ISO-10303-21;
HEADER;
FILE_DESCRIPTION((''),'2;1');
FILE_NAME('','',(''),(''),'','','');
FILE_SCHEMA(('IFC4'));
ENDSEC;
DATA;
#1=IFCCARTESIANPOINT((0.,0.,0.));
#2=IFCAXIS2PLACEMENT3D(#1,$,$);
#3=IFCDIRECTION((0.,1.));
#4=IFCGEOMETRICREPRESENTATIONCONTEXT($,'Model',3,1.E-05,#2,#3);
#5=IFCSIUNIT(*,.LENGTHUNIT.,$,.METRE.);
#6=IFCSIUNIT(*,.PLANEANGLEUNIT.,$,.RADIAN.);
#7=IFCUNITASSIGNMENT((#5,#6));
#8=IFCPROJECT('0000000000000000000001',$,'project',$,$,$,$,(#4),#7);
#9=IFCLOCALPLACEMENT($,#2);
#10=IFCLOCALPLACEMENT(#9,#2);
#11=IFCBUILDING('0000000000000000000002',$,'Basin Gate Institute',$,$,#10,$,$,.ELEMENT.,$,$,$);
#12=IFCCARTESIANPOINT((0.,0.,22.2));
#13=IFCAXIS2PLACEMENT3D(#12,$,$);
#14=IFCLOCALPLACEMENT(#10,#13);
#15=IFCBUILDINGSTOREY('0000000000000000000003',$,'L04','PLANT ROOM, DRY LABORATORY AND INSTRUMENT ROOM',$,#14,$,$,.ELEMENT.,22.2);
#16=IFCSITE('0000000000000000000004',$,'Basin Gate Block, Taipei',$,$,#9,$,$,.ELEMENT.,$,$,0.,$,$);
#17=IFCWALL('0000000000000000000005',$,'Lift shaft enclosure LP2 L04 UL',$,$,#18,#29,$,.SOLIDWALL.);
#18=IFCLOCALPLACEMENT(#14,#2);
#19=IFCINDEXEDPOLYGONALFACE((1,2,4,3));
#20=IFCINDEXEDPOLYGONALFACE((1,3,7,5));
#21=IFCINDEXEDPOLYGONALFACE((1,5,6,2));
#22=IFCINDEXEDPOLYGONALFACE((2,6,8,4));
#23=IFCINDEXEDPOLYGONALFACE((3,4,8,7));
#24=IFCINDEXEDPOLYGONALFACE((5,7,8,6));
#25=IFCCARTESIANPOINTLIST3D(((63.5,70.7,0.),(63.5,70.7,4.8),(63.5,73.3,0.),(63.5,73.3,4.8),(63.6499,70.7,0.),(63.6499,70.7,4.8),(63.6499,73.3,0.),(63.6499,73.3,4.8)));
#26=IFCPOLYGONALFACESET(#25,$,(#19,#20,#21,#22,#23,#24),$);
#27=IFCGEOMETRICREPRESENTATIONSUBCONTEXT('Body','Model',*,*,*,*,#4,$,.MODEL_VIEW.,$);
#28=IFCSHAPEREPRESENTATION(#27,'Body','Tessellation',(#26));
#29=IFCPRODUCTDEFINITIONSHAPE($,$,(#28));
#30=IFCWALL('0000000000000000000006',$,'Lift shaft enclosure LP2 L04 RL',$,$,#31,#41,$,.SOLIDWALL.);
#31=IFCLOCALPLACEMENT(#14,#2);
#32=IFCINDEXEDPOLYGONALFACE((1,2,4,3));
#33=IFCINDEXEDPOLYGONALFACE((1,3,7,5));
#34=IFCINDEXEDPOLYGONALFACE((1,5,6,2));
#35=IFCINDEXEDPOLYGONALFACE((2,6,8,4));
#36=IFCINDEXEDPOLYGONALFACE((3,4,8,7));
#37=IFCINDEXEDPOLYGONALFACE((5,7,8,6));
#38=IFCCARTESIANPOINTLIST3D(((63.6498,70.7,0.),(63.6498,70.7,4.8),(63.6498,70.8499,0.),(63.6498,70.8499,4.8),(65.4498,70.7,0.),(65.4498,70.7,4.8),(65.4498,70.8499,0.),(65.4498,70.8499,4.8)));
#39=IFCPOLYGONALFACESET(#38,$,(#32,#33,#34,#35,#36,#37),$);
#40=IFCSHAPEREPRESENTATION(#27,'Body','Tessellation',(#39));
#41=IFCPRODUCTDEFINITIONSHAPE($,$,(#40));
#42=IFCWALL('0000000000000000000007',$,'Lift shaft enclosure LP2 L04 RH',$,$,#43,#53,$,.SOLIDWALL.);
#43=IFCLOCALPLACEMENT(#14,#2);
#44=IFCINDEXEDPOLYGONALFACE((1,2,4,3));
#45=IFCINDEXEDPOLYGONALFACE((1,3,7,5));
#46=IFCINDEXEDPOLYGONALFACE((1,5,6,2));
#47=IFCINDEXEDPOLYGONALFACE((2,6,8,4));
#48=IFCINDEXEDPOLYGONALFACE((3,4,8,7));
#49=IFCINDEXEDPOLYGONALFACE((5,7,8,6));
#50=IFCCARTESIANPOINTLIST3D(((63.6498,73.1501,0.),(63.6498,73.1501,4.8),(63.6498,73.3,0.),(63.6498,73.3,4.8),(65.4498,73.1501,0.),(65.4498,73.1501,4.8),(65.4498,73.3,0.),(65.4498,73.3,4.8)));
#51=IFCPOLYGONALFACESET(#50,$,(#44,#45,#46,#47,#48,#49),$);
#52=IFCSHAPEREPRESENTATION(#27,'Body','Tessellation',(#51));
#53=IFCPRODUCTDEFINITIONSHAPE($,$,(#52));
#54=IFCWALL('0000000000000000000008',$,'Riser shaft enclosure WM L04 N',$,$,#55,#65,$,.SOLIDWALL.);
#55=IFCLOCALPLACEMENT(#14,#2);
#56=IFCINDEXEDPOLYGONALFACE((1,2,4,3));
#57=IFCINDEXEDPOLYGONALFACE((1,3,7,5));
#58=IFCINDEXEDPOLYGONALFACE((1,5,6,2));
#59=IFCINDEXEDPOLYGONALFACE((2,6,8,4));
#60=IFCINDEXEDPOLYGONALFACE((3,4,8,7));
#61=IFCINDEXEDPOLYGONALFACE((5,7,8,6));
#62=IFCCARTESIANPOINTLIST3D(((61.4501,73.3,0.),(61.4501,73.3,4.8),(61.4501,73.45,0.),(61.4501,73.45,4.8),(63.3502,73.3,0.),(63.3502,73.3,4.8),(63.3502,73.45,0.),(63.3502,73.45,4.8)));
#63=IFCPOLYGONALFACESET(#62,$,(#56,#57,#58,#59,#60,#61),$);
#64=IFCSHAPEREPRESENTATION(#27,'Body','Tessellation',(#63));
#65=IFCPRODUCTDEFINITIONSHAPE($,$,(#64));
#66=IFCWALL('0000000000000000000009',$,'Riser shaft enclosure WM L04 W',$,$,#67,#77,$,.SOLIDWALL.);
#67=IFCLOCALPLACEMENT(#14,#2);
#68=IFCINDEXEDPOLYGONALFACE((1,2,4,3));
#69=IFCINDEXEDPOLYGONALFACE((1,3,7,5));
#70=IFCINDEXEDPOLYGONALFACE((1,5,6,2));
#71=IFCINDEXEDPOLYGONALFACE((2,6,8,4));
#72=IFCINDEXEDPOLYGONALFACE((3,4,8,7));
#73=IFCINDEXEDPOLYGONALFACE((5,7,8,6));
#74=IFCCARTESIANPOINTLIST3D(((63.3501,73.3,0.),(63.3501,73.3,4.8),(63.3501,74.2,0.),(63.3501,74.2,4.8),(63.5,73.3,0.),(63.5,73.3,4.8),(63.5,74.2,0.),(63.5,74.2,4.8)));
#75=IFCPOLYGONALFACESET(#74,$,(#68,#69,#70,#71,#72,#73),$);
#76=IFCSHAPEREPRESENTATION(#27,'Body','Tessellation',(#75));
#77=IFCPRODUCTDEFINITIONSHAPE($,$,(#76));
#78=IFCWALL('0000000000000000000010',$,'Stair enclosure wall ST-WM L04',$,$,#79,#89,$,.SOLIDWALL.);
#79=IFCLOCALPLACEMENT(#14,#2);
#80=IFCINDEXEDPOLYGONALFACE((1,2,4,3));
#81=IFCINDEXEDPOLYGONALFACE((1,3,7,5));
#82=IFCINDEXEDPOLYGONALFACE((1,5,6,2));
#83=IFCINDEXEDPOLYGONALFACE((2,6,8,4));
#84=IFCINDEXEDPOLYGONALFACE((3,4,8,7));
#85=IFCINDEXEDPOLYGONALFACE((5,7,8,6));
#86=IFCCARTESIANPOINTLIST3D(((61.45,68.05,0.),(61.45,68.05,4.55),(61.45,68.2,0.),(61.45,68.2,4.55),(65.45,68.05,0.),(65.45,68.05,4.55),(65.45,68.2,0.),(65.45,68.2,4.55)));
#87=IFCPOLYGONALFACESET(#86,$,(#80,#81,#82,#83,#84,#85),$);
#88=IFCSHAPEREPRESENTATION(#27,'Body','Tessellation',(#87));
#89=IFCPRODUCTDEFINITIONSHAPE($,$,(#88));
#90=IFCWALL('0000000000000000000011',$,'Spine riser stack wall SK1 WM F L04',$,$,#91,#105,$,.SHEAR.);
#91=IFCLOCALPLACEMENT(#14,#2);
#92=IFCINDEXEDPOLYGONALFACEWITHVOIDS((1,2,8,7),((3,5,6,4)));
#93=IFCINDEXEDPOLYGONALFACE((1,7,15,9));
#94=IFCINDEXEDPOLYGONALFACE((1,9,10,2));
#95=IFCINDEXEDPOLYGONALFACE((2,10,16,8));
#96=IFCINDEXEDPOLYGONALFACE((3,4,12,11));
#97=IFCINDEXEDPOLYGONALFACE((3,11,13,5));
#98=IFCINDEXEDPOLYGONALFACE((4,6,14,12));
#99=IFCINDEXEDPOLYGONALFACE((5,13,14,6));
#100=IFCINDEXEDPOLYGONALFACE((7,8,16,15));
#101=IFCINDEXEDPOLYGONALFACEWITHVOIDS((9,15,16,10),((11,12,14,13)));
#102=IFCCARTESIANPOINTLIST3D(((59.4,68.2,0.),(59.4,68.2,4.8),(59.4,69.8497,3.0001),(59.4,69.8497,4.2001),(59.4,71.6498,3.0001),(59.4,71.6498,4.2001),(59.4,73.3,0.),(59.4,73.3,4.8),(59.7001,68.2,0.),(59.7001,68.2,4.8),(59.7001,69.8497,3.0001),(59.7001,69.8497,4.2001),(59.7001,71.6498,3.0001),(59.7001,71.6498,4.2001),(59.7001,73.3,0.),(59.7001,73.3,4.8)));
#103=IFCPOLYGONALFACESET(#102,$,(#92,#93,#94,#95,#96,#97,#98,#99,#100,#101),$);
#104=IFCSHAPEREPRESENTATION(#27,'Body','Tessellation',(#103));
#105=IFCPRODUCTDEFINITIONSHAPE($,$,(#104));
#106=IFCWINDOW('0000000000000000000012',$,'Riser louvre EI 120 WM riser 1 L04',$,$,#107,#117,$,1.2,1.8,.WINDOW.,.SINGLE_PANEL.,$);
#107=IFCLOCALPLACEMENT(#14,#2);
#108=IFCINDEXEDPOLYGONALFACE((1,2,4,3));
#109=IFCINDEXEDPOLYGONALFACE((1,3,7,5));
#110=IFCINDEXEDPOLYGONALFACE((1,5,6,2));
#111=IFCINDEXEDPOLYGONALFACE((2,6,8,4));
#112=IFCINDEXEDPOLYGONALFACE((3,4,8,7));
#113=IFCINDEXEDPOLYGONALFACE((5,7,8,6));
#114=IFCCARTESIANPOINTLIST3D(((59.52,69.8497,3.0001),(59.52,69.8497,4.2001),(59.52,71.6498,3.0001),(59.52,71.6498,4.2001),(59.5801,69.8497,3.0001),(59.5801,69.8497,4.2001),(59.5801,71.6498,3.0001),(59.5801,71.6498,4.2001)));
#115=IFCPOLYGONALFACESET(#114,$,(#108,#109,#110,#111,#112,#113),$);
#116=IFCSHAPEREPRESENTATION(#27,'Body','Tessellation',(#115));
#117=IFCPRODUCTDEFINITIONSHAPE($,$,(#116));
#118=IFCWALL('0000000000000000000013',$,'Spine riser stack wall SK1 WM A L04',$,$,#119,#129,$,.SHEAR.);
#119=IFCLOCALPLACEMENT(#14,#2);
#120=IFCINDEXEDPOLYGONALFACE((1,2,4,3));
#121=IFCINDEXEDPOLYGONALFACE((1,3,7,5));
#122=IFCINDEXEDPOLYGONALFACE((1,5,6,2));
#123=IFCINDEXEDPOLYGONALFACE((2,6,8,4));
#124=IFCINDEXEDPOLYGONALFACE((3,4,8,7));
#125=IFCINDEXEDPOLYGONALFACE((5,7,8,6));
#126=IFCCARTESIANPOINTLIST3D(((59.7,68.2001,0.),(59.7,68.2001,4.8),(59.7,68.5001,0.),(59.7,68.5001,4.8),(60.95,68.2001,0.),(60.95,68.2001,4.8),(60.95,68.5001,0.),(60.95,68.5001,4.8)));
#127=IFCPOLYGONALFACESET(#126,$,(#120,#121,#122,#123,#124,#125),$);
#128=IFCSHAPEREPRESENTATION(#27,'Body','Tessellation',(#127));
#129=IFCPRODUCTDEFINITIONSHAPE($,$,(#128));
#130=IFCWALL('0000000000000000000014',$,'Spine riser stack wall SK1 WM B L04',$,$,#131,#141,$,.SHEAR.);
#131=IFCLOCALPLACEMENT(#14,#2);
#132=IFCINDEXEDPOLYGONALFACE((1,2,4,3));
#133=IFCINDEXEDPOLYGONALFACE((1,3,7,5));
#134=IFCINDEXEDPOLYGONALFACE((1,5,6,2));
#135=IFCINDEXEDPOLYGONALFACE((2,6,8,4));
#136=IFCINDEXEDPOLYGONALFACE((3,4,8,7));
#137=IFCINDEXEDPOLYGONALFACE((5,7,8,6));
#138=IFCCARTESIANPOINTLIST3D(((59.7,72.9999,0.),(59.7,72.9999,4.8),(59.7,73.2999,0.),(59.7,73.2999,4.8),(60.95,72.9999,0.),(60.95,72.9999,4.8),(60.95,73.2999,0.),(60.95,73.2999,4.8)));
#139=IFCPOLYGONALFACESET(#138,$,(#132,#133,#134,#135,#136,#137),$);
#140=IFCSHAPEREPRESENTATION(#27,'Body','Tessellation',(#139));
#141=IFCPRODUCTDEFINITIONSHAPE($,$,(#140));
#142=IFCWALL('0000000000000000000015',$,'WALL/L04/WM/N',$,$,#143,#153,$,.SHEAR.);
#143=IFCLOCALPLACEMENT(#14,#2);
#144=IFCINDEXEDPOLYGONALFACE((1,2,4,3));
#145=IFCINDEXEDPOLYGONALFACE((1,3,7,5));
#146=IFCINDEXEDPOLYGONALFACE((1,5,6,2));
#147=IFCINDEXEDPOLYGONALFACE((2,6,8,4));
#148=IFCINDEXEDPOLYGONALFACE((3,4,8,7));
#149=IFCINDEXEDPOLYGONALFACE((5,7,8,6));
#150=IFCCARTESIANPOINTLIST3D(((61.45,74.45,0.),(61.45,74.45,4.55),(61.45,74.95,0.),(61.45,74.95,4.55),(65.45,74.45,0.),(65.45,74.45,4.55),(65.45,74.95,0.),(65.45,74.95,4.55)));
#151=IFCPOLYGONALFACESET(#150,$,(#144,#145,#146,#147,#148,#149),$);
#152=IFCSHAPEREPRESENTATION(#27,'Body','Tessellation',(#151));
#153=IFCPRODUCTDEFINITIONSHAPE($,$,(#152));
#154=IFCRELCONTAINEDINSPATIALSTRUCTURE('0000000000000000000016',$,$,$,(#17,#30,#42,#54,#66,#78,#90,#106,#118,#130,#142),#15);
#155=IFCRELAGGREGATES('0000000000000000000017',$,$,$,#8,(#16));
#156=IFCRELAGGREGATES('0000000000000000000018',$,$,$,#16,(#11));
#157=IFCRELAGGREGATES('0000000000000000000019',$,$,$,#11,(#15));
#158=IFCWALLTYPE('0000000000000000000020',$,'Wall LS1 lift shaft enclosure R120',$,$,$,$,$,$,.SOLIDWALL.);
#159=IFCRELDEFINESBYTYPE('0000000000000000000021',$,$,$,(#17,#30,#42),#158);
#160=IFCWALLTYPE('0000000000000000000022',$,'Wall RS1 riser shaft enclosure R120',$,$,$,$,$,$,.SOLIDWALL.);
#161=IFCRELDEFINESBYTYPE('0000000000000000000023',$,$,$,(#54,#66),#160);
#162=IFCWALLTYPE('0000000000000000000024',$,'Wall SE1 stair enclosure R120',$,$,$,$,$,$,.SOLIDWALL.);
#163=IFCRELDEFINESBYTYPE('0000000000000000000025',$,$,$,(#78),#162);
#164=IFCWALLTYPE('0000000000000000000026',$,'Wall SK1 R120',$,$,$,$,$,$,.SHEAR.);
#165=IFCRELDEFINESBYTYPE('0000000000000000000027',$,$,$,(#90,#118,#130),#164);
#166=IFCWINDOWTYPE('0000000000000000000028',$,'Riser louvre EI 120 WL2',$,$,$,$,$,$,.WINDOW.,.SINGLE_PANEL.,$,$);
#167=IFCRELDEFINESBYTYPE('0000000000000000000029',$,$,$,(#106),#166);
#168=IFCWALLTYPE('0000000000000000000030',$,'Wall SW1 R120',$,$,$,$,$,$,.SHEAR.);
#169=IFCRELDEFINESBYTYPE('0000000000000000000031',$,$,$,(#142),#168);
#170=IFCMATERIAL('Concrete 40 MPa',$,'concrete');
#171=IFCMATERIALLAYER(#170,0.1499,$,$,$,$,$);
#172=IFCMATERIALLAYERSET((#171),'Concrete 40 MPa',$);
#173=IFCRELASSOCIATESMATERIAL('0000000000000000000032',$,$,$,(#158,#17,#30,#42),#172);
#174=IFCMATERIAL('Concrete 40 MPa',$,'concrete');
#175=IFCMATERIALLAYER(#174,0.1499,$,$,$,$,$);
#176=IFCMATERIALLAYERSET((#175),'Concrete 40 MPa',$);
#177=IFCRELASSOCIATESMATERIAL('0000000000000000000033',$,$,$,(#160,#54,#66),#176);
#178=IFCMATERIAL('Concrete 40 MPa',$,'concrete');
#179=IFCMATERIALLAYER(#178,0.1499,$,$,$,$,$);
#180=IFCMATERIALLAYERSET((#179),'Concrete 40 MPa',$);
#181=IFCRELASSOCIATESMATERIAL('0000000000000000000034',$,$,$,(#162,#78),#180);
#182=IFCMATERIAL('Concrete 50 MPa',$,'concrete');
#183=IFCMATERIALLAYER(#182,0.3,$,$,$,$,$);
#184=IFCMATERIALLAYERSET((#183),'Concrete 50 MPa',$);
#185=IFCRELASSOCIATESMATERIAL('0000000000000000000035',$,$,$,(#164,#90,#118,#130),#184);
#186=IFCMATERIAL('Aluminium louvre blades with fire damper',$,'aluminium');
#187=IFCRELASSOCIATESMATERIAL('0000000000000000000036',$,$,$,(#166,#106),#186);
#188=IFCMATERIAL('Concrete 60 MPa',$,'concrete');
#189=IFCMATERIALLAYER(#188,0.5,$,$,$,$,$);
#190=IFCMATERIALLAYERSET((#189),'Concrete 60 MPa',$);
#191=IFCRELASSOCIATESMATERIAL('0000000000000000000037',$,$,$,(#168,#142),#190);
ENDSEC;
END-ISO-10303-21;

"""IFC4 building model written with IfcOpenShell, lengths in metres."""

from ifc_helpers import new_model, si_unit, direction, frame, frame_2d, origin, place, context, subcontext, project, spatial, rectangle, extrude, material, layer, layer_set, type_object, element, fill, save


model = new_model("IFC4")

# Units and contexts
model_context = context("Model", 3, precision=1e-05, world=origin(), true_north=direction((0.0, 1.0)))
body_context = subcontext(model_context, "Body", "Model", "MODEL_VIEW")
ifc_project = project(units=[si_unit("LENGTHUNIT", "METRE"), si_unit("PLANEANGLEUNIT", "RADIAN")], contexts=[model_context])

# Site, building, storey
site_placement = place(None, origin())
site = spatial("IfcSite", under=ifc_project, at=site_placement, Name="Basin Gate Block, Taipei", CompositionType="ELEMENT", RefElevation=0.0)
building_placement = place(site_placement, origin())
building = spatial("IfcBuilding", under=site, at=building_placement, Name="Basin Gate Institute", CompositionType="ELEMENT")
storey_placement = place(building_placement, frame((0.0, 0.0, 22.2)))
storey = spatial("IfcBuildingStorey", under=building, at=storey_placement, Name="L04", Description="PLANT ROOM, DRY LABORATORY AND INSTRUMENT ROOM", CompositionType="ELEMENT", Elevation=22.2)

# Walls
ifc_material_1 = material(Name="Concrete 40 MPa", Category="concrete")
ifc_layer_1 = layer(ifc_material_1, 0.1499)
ifc_layer_set_1 = layer_set([ifc_layer_1], Name="Concrete 40 MPa")
wall_type_1 = type_object("IfcWallType", Name="Wall LS1 lift shaft enclosure R120", PredefinedType="SOLIDWALL", material=ifc_layer_set_1)
wall_1_placement = place(storey_placement, frame((63.575, 70.7, 0.0), z_axis=(0.0, 0.0, 1.0), x_axis=(0.0, 1.0, 0.0)))
element("IfcWall", 1, at=wall_1_placement, inside=storey, type_object=wall_type_1, material=ifc_layer_set_1, Name="Lift shaft enclosure LP2 L04 UL", PredefinedType="SOLIDWALL", context=body_context, shape_type="SweptSolid", body=[
    extrude(rectangle(XDim=2.6001, YDim=0.1499, at=frame_2d((1.3, 0.0))), origin(), (0.0, 0.0, 1.0), 4.8),
])
for number, where, z_axis, x_axis, name in (
    (2, (63.6499, 70.7749, 0.0), (0.0, 0.0, 1.0), (1.0, 0.0, 0.0), "Lift shaft enclosure LP2 L04 RL"),
    (3, (63.6499, 73.2251, 0.0), (0.0, 0.0, 1.0), (1.0, 0.0, 0.0), "Lift shaft enclosure LP2 L04 RH"),
):
    element("IfcWall", number, at=place(storey_placement, frame(where, z_axis=z_axis, x_axis=x_axis)), inside=storey, type_object=wall_type_1, material=ifc_layer_set_1, Name=name, PredefinedType="SOLIDWALL", context=body_context, shape_type="SweptSolid", body=[
        extrude(rectangle(XDim=1.8, YDim=0.1499, at=frame_2d((0.8999, 0.0))), origin(), (0.0, 0.0, 1.0), 4.8),
    ])
ifc_material_2 = material(Name="Concrete 40 MPa", Category="concrete")
ifc_layer_2 = layer(ifc_material_2, 0.1499)
ifc_layer_set_2 = layer_set([ifc_layer_2], Name="Concrete 40 MPa")
wall_type_2 = type_object("IfcWallType", Name="Wall RS1 riser shaft enclosure R120", PredefinedType="SOLIDWALL", material=ifc_layer_set_2)
wall_2_placement = place(storey_placement, frame((61.45, 73.375, 0.0), z_axis=(0.0, 0.0, 1.0), x_axis=(1.0, 0.0, 0.0)))
element("IfcWall", 4, at=wall_2_placement, inside=storey, type_object=wall_type_2, material=ifc_layer_set_2, Name="Riser shaft enclosure WM L04 N", PredefinedType="SOLIDWALL", context=body_context, shape_type="SweptSolid", body=[
    extrude(rectangle(XDim=1.9001, YDim=0.1499, at=frame_2d((0.9502, 0.0))), origin(), (0.0, 0.0, 1.0), 4.8),
])
wall_3_placement = place(storey_placement, frame((63.425, 73.3, 0.0), z_axis=(0.0, 0.0, 1.0), x_axis=(0.0, 1.0, 0.0)))
element("IfcWall", 5, at=wall_3_placement, inside=storey, type_object=wall_type_2, material=ifc_layer_set_2, Name="Riser shaft enclosure WM L04 W", PredefinedType="SOLIDWALL", context=body_context, shape_type="SweptSolid", body=[
    extrude(rectangle(XDim=0.8999, YDim=0.1499, at=frame_2d((0.45, 0.0))), origin(), (0.0, 0.0, 1.0), 4.8),
])
ifc_material_3 = material(Name="Concrete 40 MPa", Category="concrete")
ifc_layer_3 = layer(ifc_material_3, 0.1499)
ifc_layer_set_3 = layer_set([ifc_layer_3], Name="Concrete 40 MPa")
wall_type_3 = type_object("IfcWallType", Name="Wall SE1 stair enclosure R120", PredefinedType="SOLIDWALL", material=ifc_layer_set_3)
wall_4_placement = place(storey_placement, frame((61.45, 68.125, 0.0), z_axis=(0.0, 0.0, 1.0), x_axis=(1.0, 0.0, 0.0)))
element("IfcWall", 6, at=wall_4_placement, inside=storey, type_object=wall_type_3, material=ifc_layer_set_3, Name="Stair enclosure wall ST-WM L04", PredefinedType="SOLIDWALL", context=body_context, shape_type="SweptSolid", body=[
    extrude(rectangle(XDim=4.0, YDim=0.1499, at=frame_2d((2.0, 0.0))), origin(), (0.0, 0.0, 1.0), 4.55),
])

# Wall, opening, window
ifc_material_4 = material(Name="Concrete 50 MPa", Category="concrete")
ifc_layer_4 = layer(ifc_material_4, 0.3)
ifc_layer_set_4 = layer_set([ifc_layer_4], Name="Concrete 50 MPa")
wall_type_4 = type_object("IfcWallType", Name="Wall SK1 R120", PredefinedType="SHEAR", material=ifc_layer_set_4)
wall_5_placement = place(storey_placement, frame((59.55, 68.2, 0.0), z_axis=(0.0, 0.0, 1.0), x_axis=(0.0, 1.0, 0.0)))
wall_5 = element("IfcWall", 7, at=wall_5_placement, inside=storey, type_object=wall_type_4, material=ifc_layer_set_4, Name="Spine riser stack wall SK1 WM F L04", PredefinedType="SHEAR", context=body_context, shape_type="SweptSolid", body=[
    extrude(rectangle(XDim=5.1001, YDim=0.3, at=frame_2d((2.55, 0.0))), origin(), (0.0, 0.0, 1.0), 4.8),
])
opening_1_placement = place(wall_5_placement, frame((1.6499, 0.0, 3.0)))
opening_1 = element("IfcOpeningElement", 8, at=opening_1_placement, cuts=wall_5, PredefinedType="OPENING", context=body_context, shape_type="SweptSolid", body=[
    extrude(rectangle(XDim=1.8, YDim=1.2, at=frame_2d((0.8999, 0.6001))), frame((0.0, 0.1602, 0.0), z_axis=(0.0, -1.0, 0.0), x_axis=(1.0, 0.0, 0.0)), (0.0, 0.0, 1.0), 0.3201),
])
ifc_material_5 = material(Name="Aluminium louvre blades with fire damper", Category="aluminium")
window_type_1 = type_object("IfcWindowType", Name="Riser louvre EI 120 WL2", PartitioningType="SINGLE_PANEL", PredefinedType="WINDOW", material=ifc_material_5)
window_1_placement = place(opening_1_placement, origin())
window_1 = element("IfcWindow", 9, at=window_1_placement, inside=storey, type_object=window_type_1, material=ifc_material_5, Name="Riser louvre EI 120 WM riser 1 L04", OverallHeight=1.2, OverallWidth=1.8, PartitioningType="SINGLE_PANEL", PredefinedType="WINDOW", context=body_context, shape_type="SweptSolid", body=[
    extrude(rectangle(XDim=1.8, YDim=1.2, at=frame_2d((0.8999, 0.6001))), frame((0.0, 0.03, 0.0), z_axis=(0.0, -1.0, 0.0), x_axis=(1.0, 0.0, 0.0)), (0.0, 0.0, 1.0), 0.0601),
])
fill(opening_1, window_1)

# Walls
for number, where, z_axis, x_axis, name in (
    (10, (60.95, 68.3501, 0.0), (0.0, 0.0, 1.0), (-1.0, 0.0, 0.0), "Spine riser stack wall SK1 WM A L04"),
    (11, (60.95, 73.1499, 0.0), (0.0, 0.0, 1.0), (-1.0, 0.0, 0.0), "Spine riser stack wall SK1 WM B L04"),
):
    element("IfcWall", number, at=place(storey_placement, frame(where, z_axis=z_axis, x_axis=x_axis)), inside=storey, type_object=wall_type_4, material=ifc_layer_set_4, Name=name, PredefinedType="SHEAR", context=body_context, shape_type="SweptSolid", body=[
        extrude(rectangle(XDim=1.25, YDim=0.3, at=frame_2d((0.625, 0.0))), origin(), (0.0, 0.0, 1.0), 4.8),
    ])
ifc_material_6 = material(Name="Concrete 60 MPa", Category="concrete")
ifc_layer_5 = layer(ifc_material_6, 0.5)
ifc_layer_set_5 = layer_set([ifc_layer_5], Name="Concrete 60 MPa")
wall_type_5 = type_object("IfcWallType", Name="Wall SW1 R120", PredefinedType="SHEAR", material=ifc_layer_set_5)
wall_6_placement = place(storey_placement, frame((61.45, 74.7, 0.0), z_axis=(0.0, 0.0, 1.0), x_axis=(1.0, 0.0, 0.0)))
element("IfcWall", 12, at=wall_6_placement, inside=storey, type_object=wall_type_5, material=ifc_layer_set_5, Name="WALL/L04/WM/N", PredefinedType="SHEAR", context=body_context, shape_type="SweptSolid", body=[
    extrude(rectangle(XDim=4.0, YDim=0.5, at=frame_2d((2.0, 0.0))), origin(), (0.0, 0.0, 1.0), 4.55),
])

save(model, "model.ifc")
